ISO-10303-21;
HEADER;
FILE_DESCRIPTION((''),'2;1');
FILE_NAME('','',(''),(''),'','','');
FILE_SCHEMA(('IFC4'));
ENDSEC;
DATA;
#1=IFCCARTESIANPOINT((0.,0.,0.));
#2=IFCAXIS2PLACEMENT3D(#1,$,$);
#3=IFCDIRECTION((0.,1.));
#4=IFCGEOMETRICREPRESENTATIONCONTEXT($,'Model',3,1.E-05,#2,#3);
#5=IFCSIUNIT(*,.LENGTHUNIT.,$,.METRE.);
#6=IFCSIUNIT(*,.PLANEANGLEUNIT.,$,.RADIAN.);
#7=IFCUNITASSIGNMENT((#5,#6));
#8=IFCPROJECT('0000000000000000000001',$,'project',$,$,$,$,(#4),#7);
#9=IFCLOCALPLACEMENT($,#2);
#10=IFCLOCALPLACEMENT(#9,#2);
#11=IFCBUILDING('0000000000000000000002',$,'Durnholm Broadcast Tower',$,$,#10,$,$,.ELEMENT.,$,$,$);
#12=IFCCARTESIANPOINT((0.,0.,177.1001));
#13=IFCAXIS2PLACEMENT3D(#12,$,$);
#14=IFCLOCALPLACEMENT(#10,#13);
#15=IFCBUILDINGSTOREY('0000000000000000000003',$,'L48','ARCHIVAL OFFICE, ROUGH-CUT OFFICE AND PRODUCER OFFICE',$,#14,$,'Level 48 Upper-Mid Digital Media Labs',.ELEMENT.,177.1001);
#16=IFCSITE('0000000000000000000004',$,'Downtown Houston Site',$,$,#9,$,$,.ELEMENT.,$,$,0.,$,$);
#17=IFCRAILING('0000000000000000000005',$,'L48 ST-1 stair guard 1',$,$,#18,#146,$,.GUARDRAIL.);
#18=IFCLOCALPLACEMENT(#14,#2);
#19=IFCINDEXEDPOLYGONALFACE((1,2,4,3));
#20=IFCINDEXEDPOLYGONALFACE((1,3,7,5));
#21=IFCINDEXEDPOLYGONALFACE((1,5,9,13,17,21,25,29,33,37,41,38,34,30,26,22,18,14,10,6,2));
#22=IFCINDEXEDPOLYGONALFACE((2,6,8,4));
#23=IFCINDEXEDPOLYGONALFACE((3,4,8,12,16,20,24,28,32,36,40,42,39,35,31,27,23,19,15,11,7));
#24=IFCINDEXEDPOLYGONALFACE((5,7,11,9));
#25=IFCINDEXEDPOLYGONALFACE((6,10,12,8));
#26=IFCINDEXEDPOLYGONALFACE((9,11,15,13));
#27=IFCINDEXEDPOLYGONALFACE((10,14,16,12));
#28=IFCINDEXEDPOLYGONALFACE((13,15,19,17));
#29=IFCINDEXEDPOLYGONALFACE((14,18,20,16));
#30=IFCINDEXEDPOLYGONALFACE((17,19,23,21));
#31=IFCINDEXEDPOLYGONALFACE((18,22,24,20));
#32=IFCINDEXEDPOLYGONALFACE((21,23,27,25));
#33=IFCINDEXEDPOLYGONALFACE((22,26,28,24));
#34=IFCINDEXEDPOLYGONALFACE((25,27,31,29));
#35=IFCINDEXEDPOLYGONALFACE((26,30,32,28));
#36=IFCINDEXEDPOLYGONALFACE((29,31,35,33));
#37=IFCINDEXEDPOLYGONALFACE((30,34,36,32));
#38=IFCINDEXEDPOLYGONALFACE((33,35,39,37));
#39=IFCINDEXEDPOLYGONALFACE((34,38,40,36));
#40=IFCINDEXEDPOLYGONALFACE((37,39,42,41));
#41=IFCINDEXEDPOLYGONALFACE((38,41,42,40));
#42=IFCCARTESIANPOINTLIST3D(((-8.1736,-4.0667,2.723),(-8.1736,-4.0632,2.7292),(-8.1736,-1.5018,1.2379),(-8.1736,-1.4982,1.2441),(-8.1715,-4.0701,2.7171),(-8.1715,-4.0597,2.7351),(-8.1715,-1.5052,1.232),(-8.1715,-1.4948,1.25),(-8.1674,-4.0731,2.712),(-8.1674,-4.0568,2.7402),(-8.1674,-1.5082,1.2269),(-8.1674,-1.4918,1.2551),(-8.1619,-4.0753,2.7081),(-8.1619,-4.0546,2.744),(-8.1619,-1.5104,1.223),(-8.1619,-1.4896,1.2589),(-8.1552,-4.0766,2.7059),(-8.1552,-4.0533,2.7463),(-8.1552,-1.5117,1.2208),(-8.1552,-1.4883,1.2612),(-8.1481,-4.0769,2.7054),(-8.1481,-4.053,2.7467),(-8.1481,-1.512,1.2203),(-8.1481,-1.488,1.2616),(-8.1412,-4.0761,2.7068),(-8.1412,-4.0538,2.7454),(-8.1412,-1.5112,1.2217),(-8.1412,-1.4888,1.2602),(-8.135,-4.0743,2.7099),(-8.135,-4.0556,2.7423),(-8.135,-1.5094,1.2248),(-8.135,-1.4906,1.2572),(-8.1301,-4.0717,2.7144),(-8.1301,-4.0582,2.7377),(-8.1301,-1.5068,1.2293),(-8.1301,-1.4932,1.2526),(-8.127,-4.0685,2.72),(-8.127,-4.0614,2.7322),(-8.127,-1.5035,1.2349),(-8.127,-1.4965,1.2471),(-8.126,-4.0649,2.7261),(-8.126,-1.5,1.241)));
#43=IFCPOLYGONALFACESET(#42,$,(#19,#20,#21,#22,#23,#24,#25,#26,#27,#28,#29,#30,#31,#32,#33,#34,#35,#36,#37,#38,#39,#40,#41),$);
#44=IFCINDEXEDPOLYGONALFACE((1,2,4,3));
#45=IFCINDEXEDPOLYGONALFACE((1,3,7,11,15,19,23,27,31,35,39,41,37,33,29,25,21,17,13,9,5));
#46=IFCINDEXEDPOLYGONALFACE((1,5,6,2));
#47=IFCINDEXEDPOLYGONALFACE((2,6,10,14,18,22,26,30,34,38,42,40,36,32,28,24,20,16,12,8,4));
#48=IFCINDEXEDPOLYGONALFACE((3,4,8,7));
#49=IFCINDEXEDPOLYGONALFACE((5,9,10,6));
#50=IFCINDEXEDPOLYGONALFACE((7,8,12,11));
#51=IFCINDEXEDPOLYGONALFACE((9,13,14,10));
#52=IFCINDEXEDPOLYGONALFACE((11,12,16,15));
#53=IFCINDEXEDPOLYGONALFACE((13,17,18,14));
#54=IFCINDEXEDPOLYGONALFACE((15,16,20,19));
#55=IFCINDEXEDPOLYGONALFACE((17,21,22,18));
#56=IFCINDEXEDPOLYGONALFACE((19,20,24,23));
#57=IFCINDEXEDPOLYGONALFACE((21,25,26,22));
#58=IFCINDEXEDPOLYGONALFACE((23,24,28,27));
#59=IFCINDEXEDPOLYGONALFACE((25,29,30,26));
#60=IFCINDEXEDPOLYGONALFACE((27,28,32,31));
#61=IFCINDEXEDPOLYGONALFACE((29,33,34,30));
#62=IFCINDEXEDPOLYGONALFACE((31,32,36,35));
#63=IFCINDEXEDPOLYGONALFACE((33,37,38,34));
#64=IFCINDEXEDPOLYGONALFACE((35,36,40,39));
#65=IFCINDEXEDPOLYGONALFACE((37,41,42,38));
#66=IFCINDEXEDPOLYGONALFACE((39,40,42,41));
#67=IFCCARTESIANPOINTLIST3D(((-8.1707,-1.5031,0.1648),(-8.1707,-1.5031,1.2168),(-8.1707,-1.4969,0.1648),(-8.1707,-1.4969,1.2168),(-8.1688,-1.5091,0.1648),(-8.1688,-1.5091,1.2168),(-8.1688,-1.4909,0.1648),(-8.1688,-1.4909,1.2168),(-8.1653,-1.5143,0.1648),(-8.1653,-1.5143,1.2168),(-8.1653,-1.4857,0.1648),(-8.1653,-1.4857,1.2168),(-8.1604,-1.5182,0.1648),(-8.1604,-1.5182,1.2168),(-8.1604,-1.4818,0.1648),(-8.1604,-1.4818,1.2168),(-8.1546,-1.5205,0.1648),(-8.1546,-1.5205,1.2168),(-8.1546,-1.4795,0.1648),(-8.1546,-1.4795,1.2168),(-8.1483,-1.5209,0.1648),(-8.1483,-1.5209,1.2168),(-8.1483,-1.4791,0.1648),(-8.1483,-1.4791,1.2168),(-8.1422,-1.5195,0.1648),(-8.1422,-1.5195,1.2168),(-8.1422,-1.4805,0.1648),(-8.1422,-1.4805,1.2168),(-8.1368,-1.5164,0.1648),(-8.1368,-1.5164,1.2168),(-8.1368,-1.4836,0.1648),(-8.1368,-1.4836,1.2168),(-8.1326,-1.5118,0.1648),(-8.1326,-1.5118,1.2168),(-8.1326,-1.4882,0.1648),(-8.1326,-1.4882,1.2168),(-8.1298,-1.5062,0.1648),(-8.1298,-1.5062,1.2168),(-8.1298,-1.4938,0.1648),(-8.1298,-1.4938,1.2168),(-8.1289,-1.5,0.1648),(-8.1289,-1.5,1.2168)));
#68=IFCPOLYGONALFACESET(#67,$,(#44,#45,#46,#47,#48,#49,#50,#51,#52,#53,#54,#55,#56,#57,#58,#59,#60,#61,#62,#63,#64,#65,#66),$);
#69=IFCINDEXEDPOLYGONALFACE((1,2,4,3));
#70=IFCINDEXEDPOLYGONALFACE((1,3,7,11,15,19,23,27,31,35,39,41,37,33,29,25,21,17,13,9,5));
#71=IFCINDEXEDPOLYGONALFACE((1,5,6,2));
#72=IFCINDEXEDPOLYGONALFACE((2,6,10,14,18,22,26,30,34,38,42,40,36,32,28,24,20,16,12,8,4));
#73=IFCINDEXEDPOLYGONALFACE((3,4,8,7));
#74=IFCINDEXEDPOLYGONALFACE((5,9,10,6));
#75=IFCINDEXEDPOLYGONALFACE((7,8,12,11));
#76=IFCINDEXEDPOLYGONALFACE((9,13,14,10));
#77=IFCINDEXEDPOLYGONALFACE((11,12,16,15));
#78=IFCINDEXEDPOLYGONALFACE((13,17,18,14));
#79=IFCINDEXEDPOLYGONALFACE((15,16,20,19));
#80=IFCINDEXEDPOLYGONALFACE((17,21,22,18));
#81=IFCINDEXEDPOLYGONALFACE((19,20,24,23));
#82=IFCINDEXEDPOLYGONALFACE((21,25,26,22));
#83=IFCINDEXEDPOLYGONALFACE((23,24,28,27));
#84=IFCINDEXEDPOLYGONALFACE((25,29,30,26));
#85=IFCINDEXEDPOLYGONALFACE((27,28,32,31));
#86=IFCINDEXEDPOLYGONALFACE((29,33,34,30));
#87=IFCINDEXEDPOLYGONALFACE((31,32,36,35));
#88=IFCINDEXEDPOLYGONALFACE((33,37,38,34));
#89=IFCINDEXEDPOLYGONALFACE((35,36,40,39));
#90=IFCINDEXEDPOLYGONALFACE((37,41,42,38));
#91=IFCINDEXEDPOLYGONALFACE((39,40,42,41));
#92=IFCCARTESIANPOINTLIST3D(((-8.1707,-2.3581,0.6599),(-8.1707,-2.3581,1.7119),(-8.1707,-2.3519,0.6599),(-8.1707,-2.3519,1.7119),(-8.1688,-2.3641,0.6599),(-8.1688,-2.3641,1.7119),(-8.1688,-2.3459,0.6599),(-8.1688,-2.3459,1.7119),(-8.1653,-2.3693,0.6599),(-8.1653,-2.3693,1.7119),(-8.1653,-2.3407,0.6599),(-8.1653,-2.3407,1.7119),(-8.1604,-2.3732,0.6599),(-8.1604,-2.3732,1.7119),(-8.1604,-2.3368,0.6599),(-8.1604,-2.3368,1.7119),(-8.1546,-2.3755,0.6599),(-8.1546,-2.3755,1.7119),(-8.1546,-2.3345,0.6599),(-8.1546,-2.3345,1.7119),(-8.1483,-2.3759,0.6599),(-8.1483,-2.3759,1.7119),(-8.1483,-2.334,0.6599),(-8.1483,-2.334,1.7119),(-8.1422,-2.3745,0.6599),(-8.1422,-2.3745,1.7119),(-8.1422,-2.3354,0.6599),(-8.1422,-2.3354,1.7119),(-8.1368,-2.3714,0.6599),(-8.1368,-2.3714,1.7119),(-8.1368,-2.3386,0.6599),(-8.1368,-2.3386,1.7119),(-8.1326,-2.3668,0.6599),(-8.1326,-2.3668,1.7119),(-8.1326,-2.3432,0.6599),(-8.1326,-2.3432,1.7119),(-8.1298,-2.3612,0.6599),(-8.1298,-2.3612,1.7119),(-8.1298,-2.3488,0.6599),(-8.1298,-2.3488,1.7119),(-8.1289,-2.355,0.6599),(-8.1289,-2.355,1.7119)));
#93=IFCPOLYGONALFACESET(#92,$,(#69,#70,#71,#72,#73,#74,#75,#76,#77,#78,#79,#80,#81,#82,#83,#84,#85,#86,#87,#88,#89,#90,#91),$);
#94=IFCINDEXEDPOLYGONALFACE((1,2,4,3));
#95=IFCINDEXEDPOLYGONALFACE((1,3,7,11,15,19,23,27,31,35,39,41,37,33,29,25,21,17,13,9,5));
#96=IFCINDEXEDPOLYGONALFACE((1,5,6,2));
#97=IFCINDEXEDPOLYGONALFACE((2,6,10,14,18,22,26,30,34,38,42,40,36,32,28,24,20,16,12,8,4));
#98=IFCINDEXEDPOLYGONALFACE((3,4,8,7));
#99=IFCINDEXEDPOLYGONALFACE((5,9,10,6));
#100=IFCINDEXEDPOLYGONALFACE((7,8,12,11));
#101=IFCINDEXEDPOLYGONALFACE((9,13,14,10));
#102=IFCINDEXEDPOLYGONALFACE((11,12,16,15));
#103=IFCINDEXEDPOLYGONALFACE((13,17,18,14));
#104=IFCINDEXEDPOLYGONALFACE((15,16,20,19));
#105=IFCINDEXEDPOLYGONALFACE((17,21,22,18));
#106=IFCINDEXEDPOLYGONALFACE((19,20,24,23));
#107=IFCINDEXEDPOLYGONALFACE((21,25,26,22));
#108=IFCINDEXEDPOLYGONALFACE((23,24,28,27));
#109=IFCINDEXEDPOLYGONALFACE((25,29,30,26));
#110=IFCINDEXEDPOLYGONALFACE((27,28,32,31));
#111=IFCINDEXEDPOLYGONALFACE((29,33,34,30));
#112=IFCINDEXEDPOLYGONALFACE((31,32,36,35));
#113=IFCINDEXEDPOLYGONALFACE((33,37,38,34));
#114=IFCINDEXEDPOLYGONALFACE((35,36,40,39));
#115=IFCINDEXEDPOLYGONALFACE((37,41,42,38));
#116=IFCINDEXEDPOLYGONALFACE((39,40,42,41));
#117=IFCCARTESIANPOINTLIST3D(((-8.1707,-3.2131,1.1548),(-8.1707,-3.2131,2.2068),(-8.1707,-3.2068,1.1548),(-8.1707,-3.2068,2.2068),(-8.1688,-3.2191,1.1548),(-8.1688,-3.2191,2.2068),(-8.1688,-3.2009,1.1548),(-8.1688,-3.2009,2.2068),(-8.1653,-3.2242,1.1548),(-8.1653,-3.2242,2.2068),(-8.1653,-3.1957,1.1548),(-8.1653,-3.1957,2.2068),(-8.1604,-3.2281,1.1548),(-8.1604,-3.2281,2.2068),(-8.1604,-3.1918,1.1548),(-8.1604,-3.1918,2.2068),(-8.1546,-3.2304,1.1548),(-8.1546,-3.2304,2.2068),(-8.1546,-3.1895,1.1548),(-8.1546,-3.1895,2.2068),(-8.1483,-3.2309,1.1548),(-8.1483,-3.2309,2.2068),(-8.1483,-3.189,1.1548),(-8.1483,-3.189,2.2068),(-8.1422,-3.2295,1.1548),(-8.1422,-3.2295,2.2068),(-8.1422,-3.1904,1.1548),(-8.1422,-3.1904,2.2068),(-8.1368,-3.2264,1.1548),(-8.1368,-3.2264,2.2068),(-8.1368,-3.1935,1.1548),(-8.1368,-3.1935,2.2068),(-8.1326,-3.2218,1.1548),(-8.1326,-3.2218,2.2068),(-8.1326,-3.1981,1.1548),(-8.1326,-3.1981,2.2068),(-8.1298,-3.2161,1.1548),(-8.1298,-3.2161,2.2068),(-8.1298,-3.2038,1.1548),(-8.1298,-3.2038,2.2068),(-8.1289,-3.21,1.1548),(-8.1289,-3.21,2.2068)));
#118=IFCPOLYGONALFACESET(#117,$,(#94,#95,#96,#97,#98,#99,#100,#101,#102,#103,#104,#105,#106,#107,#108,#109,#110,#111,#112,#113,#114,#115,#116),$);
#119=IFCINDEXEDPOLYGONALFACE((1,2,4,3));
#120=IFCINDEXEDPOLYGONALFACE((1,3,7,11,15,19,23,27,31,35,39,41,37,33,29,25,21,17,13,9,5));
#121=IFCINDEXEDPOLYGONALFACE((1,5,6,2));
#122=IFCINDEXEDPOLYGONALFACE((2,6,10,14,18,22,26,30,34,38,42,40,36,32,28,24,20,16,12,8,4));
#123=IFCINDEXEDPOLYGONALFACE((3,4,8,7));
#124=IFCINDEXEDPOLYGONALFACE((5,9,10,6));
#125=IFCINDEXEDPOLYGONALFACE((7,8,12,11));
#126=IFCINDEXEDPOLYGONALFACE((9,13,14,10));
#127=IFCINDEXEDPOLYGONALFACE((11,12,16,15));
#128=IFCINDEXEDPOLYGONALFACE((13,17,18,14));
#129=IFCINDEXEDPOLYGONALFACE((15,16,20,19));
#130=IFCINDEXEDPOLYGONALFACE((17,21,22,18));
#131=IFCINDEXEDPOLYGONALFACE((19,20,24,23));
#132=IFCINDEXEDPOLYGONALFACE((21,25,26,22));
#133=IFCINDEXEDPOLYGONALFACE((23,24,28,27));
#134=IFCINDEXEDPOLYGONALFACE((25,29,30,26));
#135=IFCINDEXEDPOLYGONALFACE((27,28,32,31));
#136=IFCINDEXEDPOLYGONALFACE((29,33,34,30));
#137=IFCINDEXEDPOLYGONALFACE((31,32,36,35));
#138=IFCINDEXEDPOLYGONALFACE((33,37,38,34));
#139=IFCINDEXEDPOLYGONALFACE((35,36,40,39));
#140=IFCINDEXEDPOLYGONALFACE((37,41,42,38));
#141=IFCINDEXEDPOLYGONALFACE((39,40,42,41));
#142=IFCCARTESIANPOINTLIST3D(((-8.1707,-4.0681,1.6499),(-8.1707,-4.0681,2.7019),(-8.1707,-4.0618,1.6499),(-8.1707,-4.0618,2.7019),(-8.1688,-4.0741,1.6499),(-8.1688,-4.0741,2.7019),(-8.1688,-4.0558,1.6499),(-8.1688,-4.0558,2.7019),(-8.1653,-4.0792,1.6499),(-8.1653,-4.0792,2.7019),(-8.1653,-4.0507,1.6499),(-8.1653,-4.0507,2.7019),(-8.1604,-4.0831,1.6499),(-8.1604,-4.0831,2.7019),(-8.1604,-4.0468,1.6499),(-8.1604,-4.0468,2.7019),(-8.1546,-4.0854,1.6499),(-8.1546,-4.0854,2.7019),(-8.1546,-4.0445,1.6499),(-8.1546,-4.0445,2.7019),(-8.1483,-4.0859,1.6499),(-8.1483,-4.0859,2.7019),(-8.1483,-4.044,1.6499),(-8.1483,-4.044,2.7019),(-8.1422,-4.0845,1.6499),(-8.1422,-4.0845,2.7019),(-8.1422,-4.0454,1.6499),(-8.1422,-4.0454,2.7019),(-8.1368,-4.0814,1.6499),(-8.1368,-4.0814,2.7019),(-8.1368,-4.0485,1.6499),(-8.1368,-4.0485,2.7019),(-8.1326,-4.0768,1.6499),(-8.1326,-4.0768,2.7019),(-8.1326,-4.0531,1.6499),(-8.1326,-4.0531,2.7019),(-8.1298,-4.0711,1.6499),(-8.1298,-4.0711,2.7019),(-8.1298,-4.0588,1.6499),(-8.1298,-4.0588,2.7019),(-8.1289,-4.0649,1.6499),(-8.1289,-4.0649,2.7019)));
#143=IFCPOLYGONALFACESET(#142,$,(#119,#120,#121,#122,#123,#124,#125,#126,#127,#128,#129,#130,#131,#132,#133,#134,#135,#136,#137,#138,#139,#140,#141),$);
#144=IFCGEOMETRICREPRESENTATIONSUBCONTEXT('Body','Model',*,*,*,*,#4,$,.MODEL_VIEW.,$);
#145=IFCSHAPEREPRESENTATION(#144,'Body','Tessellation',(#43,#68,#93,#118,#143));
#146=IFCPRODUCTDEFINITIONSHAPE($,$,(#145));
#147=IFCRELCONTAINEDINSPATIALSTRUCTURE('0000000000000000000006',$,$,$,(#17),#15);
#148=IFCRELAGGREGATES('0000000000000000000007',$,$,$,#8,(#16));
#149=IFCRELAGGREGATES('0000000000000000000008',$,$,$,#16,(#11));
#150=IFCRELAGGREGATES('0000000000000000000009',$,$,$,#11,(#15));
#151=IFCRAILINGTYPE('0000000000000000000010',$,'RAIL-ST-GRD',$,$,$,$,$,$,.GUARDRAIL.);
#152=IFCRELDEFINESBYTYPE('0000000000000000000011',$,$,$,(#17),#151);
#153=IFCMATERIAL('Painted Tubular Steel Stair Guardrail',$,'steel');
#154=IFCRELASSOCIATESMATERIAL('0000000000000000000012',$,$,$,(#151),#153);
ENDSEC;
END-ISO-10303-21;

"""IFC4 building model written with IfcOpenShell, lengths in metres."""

from ifc_helpers import new_model, si_unit, direction, frame, origin, origin_2d, place, context, subcontext, project, spatial, circle, extrude, material, type_object, element, save


model = new_model("IFC4")

# Units and contexts
model_context = context("Model", 3, precision=1e-05, world=origin(), true_north=direction((0.0, 1.0)))
body_context = subcontext(model_context, "Body", "Model", "MODEL_VIEW")
ifc_project = project(units=[si_unit("LENGTHUNIT", "METRE"), si_unit("PLANEANGLEUNIT", "RADIAN")], contexts=[model_context])

# Site, building, storey
site_placement = place(None, origin())
site = spatial("IfcSite", under=ifc_project, at=site_placement, Name="Downtown Houston Site", CompositionType="ELEMENT", RefElevation=0.0)
building_placement = place(site_placement, origin())
building = spatial("IfcBuilding", under=site, at=building_placement, Name="Durnholm Broadcast Tower", CompositionType="ELEMENT")
storey_placement = place(building_placement, frame((0.0, 0.0, 177.1001)))
storey = spatial("IfcBuildingStorey", under=building, at=storey_placement, Name="L48", Description="ARCHIVAL OFFICE, ROUGH-CUT OFFICE AND PRODUCER OFFICE", LongName="Level 48 Upper-Mid Digital Media Labs", CompositionType="ELEMENT", Elevation=177.1001)

# Railing
ifc_material_1 = material(Name="Painted Tubular Steel Stair Guardrail", Category="steel")
railing_type_1 = type_object("IfcRailingType", Name="RAIL-ST-GRD", PredefinedType="GUARDRAIL", material=ifc_material_1)
railing_1_placement = place(storey_placement, frame((-8.1499, -1.5, 0.1648)))
element("IfcRailing", 1, at=railing_1_placement, inside=storey, type_object=railing_type_1, Name="L48 ST-1 stair guard 1", PredefinedType="GUARDRAIL", context=body_context, shape_type="SweptSolid", body=[
    extrude(circle(Radius=0.0239, at=origin_2d()), frame((0.0, 0.0, 1.0762), z_axis=(0.0, -0.865406, 0.501072), x_axis=(1.0, 0.0, 0.0)), (0.0, 0.0, 1.0), 2.9639),
    extrude(circle(Radius=0.021, at=origin_2d()), origin(), (0.0, 0.0, 1.0), 1.052),
    extrude(circle(Radius=0.021, at=origin_2d()), frame((0.0, -0.855, 0.4951)), (0.0, 0.0, 1.0), 1.052),
    extrude(circle(Radius=0.021, at=origin_2d()), frame((0.0, -1.71, 0.99)), (0.0, 0.0, 1.0), 1.052),
    extrude(circle(Radius=0.021, at=origin_2d()), frame((0.0, -2.5649, 1.4851)), (0.0, 0.0, 1.0), 1.052),
])

save(model, "model.ifc")
